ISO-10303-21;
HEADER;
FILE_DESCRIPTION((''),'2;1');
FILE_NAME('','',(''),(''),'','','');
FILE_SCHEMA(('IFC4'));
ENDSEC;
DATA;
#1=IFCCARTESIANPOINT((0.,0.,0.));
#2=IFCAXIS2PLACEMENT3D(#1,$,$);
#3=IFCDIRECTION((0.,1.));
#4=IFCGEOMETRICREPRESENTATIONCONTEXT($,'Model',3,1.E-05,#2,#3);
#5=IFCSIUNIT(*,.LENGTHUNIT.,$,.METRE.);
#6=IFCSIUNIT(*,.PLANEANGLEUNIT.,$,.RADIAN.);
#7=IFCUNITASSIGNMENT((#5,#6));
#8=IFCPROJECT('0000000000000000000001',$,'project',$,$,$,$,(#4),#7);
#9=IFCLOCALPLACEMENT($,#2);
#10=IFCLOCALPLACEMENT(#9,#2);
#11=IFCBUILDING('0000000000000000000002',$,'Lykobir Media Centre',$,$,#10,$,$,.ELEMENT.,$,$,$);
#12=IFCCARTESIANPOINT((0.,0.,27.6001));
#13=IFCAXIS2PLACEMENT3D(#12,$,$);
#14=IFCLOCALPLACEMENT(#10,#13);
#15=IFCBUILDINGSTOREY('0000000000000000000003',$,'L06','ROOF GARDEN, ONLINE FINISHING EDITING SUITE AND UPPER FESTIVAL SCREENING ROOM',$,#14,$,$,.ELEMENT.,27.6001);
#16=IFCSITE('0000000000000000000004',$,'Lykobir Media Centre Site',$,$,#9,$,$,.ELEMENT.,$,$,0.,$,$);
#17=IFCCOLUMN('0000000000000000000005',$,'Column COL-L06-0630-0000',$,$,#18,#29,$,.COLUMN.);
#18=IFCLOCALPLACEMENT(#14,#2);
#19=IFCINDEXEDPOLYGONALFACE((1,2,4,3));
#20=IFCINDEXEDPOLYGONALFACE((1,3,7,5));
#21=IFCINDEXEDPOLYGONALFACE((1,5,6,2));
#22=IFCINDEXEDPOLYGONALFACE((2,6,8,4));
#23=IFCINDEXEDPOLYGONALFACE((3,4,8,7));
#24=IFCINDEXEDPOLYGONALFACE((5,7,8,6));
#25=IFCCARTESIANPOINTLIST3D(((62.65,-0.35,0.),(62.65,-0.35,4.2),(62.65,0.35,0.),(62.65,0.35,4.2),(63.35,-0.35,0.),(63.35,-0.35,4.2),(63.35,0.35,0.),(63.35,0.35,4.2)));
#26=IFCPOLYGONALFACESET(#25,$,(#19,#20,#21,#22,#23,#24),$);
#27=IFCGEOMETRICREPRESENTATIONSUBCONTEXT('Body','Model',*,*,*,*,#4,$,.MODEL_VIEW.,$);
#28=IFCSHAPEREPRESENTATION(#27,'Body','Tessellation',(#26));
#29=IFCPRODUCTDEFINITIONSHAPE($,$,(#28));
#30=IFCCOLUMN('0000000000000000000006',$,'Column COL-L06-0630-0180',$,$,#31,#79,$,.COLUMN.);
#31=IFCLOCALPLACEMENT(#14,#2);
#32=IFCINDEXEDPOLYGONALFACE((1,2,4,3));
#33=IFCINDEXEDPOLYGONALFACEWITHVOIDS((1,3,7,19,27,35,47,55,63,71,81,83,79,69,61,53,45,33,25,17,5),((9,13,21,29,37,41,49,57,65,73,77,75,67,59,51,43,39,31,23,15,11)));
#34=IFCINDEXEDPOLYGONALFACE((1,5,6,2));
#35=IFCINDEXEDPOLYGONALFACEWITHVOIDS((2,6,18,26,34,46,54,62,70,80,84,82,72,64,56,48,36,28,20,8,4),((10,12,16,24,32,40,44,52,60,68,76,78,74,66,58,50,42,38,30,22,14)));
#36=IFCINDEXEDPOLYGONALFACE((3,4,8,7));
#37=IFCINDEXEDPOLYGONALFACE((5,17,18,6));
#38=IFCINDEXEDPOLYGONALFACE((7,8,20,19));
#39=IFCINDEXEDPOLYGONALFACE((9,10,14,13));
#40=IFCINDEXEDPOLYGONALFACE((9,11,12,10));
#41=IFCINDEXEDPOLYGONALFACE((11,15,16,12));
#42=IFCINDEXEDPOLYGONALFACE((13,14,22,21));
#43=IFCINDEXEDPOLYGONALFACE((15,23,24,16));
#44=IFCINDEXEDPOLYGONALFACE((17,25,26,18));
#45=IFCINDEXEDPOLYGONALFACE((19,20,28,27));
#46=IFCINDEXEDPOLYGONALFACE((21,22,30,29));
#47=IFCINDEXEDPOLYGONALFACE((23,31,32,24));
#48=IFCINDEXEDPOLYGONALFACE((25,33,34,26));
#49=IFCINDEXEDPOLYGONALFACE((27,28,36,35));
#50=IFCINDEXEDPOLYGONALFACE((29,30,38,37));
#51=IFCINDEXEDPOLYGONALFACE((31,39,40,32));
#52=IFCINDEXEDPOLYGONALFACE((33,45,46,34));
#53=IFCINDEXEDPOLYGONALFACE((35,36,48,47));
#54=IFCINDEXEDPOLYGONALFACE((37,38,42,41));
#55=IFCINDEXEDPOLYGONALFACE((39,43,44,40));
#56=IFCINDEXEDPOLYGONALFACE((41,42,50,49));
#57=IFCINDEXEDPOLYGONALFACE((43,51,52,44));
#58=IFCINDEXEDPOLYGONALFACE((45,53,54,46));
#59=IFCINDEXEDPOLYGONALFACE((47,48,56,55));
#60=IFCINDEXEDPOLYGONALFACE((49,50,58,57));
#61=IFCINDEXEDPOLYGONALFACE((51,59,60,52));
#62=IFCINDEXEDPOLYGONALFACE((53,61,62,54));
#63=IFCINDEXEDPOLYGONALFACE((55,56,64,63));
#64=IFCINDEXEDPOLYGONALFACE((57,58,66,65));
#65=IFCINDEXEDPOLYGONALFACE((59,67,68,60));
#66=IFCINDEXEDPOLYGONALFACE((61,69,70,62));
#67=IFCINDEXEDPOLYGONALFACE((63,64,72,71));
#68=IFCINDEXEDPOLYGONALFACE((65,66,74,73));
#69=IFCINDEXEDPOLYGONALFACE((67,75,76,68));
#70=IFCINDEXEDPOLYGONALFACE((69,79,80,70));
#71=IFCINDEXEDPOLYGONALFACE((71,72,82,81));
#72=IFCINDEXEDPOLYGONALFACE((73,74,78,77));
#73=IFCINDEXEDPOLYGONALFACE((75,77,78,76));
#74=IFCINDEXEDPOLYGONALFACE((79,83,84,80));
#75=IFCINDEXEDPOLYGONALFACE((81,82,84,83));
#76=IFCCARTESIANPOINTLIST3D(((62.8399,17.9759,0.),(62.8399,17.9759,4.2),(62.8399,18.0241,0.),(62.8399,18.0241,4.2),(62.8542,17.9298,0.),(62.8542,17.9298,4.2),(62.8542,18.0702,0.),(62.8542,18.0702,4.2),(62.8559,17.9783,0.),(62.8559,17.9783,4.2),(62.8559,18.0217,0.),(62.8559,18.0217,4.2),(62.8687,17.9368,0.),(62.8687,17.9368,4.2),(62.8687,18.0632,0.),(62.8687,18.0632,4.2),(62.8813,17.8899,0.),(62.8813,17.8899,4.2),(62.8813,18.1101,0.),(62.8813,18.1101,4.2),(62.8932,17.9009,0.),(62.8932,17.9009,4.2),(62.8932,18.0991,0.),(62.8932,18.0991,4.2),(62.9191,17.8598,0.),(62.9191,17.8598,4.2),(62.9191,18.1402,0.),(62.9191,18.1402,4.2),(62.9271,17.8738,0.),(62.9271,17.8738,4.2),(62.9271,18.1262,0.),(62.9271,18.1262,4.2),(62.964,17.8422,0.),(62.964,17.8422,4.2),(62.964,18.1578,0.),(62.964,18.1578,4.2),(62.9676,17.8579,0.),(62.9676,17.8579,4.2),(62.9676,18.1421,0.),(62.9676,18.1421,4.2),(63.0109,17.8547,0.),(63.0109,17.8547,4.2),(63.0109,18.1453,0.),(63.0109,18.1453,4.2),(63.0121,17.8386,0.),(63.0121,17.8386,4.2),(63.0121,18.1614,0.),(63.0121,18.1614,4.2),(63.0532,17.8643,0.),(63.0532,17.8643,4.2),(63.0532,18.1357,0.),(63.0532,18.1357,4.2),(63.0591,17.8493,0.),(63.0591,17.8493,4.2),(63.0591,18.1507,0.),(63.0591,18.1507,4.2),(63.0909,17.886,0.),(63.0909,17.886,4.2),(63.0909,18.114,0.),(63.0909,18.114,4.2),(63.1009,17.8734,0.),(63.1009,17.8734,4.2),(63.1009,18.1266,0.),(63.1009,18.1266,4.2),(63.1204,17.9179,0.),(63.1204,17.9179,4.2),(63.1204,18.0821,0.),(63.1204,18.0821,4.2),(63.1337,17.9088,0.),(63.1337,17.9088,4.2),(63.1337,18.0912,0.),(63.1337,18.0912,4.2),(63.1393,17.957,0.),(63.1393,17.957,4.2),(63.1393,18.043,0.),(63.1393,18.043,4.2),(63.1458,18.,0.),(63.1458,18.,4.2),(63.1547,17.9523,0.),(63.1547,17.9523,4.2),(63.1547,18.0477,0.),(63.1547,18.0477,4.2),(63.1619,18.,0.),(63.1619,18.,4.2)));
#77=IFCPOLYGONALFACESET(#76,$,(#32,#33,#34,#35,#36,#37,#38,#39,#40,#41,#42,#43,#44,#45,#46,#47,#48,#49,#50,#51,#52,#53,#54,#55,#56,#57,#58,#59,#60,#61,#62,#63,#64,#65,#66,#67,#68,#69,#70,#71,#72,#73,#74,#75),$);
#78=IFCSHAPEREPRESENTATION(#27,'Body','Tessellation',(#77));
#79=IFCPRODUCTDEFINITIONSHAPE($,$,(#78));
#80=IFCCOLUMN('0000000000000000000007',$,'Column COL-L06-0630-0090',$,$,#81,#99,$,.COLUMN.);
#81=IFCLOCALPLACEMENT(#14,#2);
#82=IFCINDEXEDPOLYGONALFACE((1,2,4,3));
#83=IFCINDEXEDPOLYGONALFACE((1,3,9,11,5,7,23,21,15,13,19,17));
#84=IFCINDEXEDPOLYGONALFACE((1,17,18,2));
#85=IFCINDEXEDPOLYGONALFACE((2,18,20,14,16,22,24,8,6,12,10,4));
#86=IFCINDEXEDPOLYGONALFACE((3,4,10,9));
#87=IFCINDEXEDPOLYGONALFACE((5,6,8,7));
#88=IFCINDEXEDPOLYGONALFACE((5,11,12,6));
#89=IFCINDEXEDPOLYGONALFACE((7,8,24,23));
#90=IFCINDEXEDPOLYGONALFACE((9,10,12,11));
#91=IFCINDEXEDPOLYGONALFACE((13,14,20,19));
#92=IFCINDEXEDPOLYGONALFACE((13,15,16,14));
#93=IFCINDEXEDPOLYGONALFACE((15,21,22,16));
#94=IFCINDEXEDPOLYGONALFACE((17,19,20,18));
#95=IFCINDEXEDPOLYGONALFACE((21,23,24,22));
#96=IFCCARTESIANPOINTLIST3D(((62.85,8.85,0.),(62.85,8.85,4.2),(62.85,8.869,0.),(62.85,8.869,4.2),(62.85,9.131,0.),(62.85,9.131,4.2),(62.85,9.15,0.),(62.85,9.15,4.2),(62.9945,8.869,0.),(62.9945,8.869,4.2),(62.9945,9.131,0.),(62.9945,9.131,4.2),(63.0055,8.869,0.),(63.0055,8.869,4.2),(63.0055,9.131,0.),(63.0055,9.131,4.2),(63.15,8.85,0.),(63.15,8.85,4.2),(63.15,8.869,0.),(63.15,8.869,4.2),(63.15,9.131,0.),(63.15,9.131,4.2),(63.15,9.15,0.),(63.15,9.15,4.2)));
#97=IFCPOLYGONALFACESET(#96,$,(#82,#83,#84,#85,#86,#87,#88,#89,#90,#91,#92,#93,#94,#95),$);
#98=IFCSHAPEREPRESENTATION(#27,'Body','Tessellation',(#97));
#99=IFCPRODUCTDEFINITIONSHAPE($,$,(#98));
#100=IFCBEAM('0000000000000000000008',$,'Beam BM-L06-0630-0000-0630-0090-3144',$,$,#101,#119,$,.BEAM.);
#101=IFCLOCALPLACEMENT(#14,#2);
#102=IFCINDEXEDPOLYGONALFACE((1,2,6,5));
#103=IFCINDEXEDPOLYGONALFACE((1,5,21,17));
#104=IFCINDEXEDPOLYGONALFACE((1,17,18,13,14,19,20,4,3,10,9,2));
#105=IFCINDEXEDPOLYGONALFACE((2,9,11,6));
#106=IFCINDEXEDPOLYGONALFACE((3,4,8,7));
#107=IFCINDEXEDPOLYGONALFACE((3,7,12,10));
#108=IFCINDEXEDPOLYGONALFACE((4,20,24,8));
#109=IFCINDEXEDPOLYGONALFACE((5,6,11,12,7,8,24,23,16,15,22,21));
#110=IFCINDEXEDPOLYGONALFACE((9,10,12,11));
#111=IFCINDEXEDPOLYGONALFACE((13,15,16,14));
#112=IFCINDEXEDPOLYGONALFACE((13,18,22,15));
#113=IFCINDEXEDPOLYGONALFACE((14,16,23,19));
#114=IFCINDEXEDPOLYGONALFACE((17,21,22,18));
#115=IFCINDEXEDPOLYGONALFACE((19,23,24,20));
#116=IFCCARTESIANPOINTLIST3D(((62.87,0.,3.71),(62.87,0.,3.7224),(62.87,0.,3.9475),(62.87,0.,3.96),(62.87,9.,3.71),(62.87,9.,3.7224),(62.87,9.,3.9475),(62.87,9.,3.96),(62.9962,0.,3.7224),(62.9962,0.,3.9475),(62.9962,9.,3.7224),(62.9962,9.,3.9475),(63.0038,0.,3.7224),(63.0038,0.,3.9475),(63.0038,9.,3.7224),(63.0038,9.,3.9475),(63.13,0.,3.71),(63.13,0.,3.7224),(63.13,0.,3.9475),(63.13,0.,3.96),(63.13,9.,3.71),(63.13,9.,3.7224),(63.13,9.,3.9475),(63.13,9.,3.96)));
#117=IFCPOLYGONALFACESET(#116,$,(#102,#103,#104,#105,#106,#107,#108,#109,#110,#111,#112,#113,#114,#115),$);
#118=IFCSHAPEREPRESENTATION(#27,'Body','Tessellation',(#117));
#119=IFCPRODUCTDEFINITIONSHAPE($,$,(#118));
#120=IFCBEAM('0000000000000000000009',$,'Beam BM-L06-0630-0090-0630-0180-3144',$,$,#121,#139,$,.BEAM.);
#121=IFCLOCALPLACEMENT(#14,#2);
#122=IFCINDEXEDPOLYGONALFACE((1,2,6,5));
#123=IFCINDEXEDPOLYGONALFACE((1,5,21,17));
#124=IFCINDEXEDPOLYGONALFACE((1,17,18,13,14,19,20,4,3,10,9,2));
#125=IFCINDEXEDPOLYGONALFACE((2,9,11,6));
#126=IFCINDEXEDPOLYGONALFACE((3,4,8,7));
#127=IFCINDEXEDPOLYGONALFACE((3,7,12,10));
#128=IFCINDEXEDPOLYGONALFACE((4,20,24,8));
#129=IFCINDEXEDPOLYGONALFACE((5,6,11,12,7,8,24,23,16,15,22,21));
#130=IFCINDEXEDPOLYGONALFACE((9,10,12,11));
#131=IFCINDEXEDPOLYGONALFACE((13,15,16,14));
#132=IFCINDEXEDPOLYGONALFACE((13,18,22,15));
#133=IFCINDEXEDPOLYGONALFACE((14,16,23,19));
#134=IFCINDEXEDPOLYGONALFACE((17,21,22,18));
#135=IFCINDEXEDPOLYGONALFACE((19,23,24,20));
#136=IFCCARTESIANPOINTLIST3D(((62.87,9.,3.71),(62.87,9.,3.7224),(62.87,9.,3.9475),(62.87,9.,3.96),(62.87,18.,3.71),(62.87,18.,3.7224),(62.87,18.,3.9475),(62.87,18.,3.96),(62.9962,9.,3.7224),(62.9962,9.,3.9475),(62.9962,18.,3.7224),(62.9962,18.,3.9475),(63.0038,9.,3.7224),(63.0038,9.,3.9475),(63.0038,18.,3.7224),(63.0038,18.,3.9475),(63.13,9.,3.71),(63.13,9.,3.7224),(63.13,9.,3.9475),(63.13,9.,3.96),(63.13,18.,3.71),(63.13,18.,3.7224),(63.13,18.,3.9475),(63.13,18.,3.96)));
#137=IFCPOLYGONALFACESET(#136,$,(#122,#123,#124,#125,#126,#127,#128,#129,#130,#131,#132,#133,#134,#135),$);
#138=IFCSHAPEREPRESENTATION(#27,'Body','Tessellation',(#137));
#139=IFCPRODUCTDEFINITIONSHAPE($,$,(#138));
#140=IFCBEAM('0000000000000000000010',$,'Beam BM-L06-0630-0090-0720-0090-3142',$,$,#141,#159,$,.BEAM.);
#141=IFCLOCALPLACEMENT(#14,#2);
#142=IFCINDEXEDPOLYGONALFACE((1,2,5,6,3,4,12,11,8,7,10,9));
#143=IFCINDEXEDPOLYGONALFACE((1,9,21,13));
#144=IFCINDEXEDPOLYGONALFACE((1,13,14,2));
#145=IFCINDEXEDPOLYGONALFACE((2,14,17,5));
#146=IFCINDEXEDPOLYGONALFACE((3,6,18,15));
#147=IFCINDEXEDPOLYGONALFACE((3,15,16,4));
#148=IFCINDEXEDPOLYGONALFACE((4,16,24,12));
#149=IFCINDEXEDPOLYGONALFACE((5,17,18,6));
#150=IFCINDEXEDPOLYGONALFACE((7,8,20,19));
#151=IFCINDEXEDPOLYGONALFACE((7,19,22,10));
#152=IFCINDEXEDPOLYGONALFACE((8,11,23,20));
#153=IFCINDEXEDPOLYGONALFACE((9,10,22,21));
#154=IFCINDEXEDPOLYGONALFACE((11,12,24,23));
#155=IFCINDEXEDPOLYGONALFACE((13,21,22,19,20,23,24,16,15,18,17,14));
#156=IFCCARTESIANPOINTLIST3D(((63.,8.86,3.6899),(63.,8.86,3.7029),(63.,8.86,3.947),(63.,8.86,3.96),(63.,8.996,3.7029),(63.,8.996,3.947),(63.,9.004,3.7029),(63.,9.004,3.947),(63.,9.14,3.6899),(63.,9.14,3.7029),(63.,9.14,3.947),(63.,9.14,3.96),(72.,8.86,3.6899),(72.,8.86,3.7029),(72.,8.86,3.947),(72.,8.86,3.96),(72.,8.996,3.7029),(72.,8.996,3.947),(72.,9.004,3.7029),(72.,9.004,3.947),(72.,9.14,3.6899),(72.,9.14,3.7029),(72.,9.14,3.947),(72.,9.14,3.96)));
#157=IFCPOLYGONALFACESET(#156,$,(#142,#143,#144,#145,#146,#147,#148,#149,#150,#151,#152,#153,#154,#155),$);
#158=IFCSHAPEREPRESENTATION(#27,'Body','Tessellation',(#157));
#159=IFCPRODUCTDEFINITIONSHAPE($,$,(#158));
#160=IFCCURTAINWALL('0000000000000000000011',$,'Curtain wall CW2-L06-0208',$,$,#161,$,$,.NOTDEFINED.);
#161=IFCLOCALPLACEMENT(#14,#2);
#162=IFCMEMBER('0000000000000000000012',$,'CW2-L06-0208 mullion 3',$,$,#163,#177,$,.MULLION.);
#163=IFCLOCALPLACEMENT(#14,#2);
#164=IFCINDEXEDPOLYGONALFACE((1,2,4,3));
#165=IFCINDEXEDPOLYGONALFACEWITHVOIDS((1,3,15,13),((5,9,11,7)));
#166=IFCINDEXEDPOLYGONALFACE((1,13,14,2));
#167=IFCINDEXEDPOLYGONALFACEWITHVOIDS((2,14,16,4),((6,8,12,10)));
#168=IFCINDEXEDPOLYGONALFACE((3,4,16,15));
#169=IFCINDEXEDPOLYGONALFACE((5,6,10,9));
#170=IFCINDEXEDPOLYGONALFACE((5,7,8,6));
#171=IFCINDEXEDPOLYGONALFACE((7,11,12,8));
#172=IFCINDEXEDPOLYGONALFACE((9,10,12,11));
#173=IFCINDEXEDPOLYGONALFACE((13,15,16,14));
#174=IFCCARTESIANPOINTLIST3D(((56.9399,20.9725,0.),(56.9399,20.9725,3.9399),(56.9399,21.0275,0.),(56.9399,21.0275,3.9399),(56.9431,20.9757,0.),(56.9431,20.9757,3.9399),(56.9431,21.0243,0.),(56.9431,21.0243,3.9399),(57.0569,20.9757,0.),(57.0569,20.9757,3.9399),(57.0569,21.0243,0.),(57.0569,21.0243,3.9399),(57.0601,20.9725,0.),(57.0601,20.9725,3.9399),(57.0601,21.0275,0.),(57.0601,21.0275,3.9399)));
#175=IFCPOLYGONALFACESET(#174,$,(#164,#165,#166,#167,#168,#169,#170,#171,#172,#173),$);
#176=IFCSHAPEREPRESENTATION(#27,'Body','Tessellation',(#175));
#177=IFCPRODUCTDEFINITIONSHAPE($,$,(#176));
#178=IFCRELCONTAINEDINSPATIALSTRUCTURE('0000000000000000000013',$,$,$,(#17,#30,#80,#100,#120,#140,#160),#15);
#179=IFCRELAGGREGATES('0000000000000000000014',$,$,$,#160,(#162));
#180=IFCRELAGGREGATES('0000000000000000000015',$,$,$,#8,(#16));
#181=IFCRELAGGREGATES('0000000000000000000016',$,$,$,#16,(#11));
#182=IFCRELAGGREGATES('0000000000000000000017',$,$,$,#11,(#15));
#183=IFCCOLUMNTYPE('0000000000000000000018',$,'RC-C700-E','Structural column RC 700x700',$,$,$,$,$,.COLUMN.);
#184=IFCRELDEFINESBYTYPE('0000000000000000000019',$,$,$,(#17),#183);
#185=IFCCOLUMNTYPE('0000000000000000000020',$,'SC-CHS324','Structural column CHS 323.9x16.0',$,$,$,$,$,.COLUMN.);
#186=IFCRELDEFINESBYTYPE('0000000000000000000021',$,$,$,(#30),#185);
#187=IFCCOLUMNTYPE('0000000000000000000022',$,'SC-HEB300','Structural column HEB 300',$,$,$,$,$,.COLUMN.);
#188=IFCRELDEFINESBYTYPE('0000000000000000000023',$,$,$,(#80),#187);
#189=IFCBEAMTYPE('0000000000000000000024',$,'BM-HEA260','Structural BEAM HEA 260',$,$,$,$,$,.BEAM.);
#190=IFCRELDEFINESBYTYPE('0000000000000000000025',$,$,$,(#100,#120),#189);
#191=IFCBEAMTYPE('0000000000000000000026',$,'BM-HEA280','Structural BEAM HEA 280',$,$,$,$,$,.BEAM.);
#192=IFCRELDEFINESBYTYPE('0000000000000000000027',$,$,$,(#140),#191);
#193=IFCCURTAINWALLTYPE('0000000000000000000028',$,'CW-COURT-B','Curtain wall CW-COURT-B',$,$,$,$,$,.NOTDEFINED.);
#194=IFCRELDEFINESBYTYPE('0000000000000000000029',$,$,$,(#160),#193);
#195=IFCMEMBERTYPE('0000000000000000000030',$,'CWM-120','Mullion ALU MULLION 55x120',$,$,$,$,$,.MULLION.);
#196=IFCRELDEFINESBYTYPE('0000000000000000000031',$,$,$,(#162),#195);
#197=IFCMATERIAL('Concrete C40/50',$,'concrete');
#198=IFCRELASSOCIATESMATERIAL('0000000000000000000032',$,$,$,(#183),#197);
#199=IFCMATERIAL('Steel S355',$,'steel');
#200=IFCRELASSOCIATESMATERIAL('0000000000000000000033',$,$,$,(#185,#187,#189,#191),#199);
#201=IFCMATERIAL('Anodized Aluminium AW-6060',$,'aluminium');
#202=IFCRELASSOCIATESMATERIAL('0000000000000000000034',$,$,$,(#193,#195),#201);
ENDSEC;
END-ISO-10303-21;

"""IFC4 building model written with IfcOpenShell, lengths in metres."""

from ifc_helpers import new_model, si_unit, direction, frame, origin, origin_2d, place, context, subcontext, project, spatial, rectangle, hollow_rectangle, hollow_circle, i_section, extrude, material, material_profile, profile_set, type_object, element, aggregate, save


model = new_model("IFC4")

# Units and contexts
model_context = context("Model", 3, precision=1e-05, world=origin(), true_north=direction((0.0, 1.0)))
body_context = subcontext(model_context, "Body", "Model", "MODEL_VIEW")
ifc_project = project(units=[si_unit("LENGTHUNIT", "METRE"), si_unit("PLANEANGLEUNIT", "RADIAN")], contexts=[model_context])

# Site, building, storey
site_placement = place(None, origin())
site = spatial("IfcSite", under=ifc_project, at=site_placement, Name="Lykobir Media Centre Site", CompositionType="ELEMENT", RefElevation=0.0)
building_placement = place(site_placement, origin())
building = spatial("IfcBuilding", under=site, at=building_placement, Name="Lykobir Media Centre", CompositionType="ELEMENT")
storey_placement = place(building_placement, frame((0.0, 0.0, 27.6001)))
storey = spatial("IfcBuildingStorey", under=building, at=storey_placement, Name="L06", Description="ROOF GARDEN, ONLINE FINISHING EDITING SUITE AND UPPER FESTIVAL SCREENING ROOM", CompositionType="ELEMENT", Elevation=27.6001)

# Columns
ifc_material_1 = material(Name="Concrete C40/50", Category="concrete")
ifc_material_profile_1 = material_profile(ifc_material_1, rectangle(XDim=0.7, YDim=0.7, at=origin_2d()), Name="RC 700x700")
ifc_profile_set_1 = profile_set([ifc_material_profile_1], Name="Concrete C40/50")
column_type_1 = type_object("IfcColumnType", Name="RC-C700-E", Description="Structural column RC 700x700", PredefinedType="COLUMN", material=ifc_profile_set_1)
column_1_placement = place(storey_placement, frame((63.0, 0.0, 0.0), z_axis=(0.0, 0.0, 1.0), x_axis=(1.0, 0.0, 0.0)))
element("IfcColumn", 1, at=column_1_placement, inside=storey, type_object=column_type_1, Name="Column COL-L06-0630-0000", PredefinedType="COLUMN", context=body_context, shape_type="SweptSolid", body=[
    extrude(rectangle(XDim=0.7, YDim=0.7, at=origin_2d()), origin(), (0.0, 0.0, 1.0), 4.2),
])
ifc_material_2 = material(Name="Steel S355", Category="steel")
ifc_material_profile_2 = material_profile(ifc_material_2, hollow_circle(Radius=0.1619, WallThickness=0.0161, at=origin_2d()), Name="CHS 323.9x16.0")
ifc_profile_set_2 = profile_set([ifc_material_profile_2], Name="Steel S355")
column_type_2 = type_object("IfcColumnType", Name="SC-CHS324", Description="Structural column CHS 323.9x16.0", PredefinedType="COLUMN", material=ifc_profile_set_2)
column_2_placement = place(storey_placement, frame((63.0, 18.0, 0.0), z_axis=(0.0, 0.0, 1.0), x_axis=(1.0, 0.0, 0.0)))
element("IfcColumn", 2, at=column_2_placement, inside=storey, type_object=column_type_2, Name="Column COL-L06-0630-0180", PredefinedType="COLUMN", context=body_context, shape_type="SweptSolid", body=[
    extrude(hollow_circle(Radius=0.1619, WallThickness=0.0161, at=origin_2d()), origin(), (0.0, 0.0, 1.0), 4.2),
])
ifc_material_profile_3 = material_profile(ifc_material_2, i_section(OverallWidth=0.3, OverallDepth=0.3, WebThickness=0.011, FlangeThickness=0.019, at=origin_2d()), Name="HEB 300")
ifc_profile_set_3 = profile_set([ifc_material_profile_3], Name="Steel S355")
column_type_3 = type_object("IfcColumnType", Name="SC-HEB300", Description="Structural column HEB 300", PredefinedType="COLUMN", material=ifc_profile_set_3)
column_3_placement = place(storey_placement, frame((63.0, 9.0, 0.0), z_axis=(0.0, 0.0, 1.0), x_axis=(1.0, 0.0, 0.0)))
element("IfcColumn", 3, at=column_3_placement, inside=storey, type_object=column_type_3, Name="Column COL-L06-0630-0090", PredefinedType="COLUMN", context=body_context, shape_type="SweptSolid", body=[
    extrude(i_section(OverallWidth=0.3, OverallDepth=0.3, WebThickness=0.011, FlangeThickness=0.019, at=origin_2d()), origin(), (0.0, 0.0, 1.0), 4.2),
])

# Beams
ifc_material_profile_4 = material_profile(ifc_material_2, i_section(OverallWidth=0.26, OverallDepth=0.25, WebThickness=0.0076, FlangeThickness=0.0125, at=origin_2d()), Name="HEA 260")
ifc_profile_set_4 = profile_set([ifc_material_profile_4], Name="Steel S355")
beam_type_1 = type_object("IfcBeamType", Name="BM-HEA260", Description="Structural BEAM HEA 260", PredefinedType="BEAM", material=ifc_profile_set_4)
for number, where, z_axis, x_axis, name in (
    (4, (63.0, 0.0, 3.835), (0.0, 1.0, 0.0), (-1.0, 0.0, 0.0), "Beam BM-L06-0630-0000-0630-0090-3144"),
    (5, (63.0, 9.0, 3.835), (0.0, 1.0, 0.0), (-1.0, 0.0, 0.0), "Beam BM-L06-0630-0090-0630-0180-3144"),
):
    element("IfcBeam", number, at=place(storey_placement, frame(where, z_axis=z_axis, x_axis=x_axis)), inside=storey, type_object=beam_type_1, Name=name, PredefinedType="BEAM", context=body_context, shape_type="SweptSolid", body=[
        extrude(i_section(OverallWidth=0.26, OverallDepth=0.25, WebThickness=0.0076, FlangeThickness=0.0125, at=origin_2d()), origin(), (0.0, 0.0, 1.0), 9.0),
    ])
ifc_material_profile_5 = material_profile(ifc_material_2, i_section(OverallWidth=0.28, OverallDepth=0.27, WebThickness=0.0081, FlangeThickness=0.0129, at=origin_2d()), Name="HEA 280")
ifc_profile_set_5 = profile_set([ifc_material_profile_5], Name="Steel S355")
beam_type_2 = type_object("IfcBeamType", Name="BM-HEA280", Description="Structural BEAM HEA 280", PredefinedType="BEAM", material=ifc_profile_set_5)
beam_1_placement = place(storey_placement, frame((63.0, 9.0, 3.825), z_axis=(1.0, 0.0, 0.0), x_axis=(0.0, 1.0, 0.0)))
element("IfcBeam", 6, at=beam_1_placement, inside=storey, type_object=beam_type_2, Name="Beam BM-L06-0630-0090-0720-0090-3142", PredefinedType="BEAM", context=body_context, shape_type="SweptSolid", body=[
    extrude(i_section(OverallWidth=0.28, OverallDepth=0.27, WebThickness=0.0081, FlangeThickness=0.0129, at=origin_2d()), origin(), (0.0, 0.0, 1.0), 9.0),
])

# Curtain wall, member
ifc_material_3 = material(Name="Anodized Aluminium AW-6060", Category="aluminium")
curtain_wall_type = type_object("IfcCurtainWallType", Name="CW-COURT-B", Description="Curtain wall CW-COURT-B", PredefinedType="NOTDEFINED", material=ifc_material_3)
curtain_wall_placement = place(storey_placement, origin())
curtain_wall = element("IfcCurtainWall", 7, at=curtain_wall_placement, inside=storey, type_object=curtain_wall_type, Name="Curtain wall CW2-L06-0208", PredefinedType="NOTDEFINED")
ifc_material_profile_6 = material_profile(ifc_material_3, hollow_rectangle(XDim=0.0549, YDim=0.1201, WallThickness=0.0032, at=origin_2d()), Name="ALU MULLION 55x120")
ifc_profile_set_6 = profile_set([ifc_material_profile_6], Name="Anodized Aluminium AW-6060")
member_type_1 = type_object("IfcMemberType", Name="CWM-120", Description="Mullion ALU MULLION 55x120", PredefinedType="MULLION", material=ifc_profile_set_6)
member_1_placement = place(storey_placement, frame((57.0, 21.0, 0.0), z_axis=(0.0, 0.0, 1.0), x_axis=(0.0, 1.0, 0.0)))
member_1 = element("IfcMember", 8, at=member_1_placement, type_object=member_type_1, Name="CW2-L06-0208 mullion 3", PredefinedType="MULLION", context=body_context, shape_type="SweptSolid", body=[
    extrude(hollow_rectangle(XDim=0.0549, YDim=0.1201, WallThickness=0.0032, at=origin_2d()), origin(), (0.0, 0.0, 1.0), 3.9399),
])

aggregate(curtain_wall, [member_1])

save(model, "model.ifc")
